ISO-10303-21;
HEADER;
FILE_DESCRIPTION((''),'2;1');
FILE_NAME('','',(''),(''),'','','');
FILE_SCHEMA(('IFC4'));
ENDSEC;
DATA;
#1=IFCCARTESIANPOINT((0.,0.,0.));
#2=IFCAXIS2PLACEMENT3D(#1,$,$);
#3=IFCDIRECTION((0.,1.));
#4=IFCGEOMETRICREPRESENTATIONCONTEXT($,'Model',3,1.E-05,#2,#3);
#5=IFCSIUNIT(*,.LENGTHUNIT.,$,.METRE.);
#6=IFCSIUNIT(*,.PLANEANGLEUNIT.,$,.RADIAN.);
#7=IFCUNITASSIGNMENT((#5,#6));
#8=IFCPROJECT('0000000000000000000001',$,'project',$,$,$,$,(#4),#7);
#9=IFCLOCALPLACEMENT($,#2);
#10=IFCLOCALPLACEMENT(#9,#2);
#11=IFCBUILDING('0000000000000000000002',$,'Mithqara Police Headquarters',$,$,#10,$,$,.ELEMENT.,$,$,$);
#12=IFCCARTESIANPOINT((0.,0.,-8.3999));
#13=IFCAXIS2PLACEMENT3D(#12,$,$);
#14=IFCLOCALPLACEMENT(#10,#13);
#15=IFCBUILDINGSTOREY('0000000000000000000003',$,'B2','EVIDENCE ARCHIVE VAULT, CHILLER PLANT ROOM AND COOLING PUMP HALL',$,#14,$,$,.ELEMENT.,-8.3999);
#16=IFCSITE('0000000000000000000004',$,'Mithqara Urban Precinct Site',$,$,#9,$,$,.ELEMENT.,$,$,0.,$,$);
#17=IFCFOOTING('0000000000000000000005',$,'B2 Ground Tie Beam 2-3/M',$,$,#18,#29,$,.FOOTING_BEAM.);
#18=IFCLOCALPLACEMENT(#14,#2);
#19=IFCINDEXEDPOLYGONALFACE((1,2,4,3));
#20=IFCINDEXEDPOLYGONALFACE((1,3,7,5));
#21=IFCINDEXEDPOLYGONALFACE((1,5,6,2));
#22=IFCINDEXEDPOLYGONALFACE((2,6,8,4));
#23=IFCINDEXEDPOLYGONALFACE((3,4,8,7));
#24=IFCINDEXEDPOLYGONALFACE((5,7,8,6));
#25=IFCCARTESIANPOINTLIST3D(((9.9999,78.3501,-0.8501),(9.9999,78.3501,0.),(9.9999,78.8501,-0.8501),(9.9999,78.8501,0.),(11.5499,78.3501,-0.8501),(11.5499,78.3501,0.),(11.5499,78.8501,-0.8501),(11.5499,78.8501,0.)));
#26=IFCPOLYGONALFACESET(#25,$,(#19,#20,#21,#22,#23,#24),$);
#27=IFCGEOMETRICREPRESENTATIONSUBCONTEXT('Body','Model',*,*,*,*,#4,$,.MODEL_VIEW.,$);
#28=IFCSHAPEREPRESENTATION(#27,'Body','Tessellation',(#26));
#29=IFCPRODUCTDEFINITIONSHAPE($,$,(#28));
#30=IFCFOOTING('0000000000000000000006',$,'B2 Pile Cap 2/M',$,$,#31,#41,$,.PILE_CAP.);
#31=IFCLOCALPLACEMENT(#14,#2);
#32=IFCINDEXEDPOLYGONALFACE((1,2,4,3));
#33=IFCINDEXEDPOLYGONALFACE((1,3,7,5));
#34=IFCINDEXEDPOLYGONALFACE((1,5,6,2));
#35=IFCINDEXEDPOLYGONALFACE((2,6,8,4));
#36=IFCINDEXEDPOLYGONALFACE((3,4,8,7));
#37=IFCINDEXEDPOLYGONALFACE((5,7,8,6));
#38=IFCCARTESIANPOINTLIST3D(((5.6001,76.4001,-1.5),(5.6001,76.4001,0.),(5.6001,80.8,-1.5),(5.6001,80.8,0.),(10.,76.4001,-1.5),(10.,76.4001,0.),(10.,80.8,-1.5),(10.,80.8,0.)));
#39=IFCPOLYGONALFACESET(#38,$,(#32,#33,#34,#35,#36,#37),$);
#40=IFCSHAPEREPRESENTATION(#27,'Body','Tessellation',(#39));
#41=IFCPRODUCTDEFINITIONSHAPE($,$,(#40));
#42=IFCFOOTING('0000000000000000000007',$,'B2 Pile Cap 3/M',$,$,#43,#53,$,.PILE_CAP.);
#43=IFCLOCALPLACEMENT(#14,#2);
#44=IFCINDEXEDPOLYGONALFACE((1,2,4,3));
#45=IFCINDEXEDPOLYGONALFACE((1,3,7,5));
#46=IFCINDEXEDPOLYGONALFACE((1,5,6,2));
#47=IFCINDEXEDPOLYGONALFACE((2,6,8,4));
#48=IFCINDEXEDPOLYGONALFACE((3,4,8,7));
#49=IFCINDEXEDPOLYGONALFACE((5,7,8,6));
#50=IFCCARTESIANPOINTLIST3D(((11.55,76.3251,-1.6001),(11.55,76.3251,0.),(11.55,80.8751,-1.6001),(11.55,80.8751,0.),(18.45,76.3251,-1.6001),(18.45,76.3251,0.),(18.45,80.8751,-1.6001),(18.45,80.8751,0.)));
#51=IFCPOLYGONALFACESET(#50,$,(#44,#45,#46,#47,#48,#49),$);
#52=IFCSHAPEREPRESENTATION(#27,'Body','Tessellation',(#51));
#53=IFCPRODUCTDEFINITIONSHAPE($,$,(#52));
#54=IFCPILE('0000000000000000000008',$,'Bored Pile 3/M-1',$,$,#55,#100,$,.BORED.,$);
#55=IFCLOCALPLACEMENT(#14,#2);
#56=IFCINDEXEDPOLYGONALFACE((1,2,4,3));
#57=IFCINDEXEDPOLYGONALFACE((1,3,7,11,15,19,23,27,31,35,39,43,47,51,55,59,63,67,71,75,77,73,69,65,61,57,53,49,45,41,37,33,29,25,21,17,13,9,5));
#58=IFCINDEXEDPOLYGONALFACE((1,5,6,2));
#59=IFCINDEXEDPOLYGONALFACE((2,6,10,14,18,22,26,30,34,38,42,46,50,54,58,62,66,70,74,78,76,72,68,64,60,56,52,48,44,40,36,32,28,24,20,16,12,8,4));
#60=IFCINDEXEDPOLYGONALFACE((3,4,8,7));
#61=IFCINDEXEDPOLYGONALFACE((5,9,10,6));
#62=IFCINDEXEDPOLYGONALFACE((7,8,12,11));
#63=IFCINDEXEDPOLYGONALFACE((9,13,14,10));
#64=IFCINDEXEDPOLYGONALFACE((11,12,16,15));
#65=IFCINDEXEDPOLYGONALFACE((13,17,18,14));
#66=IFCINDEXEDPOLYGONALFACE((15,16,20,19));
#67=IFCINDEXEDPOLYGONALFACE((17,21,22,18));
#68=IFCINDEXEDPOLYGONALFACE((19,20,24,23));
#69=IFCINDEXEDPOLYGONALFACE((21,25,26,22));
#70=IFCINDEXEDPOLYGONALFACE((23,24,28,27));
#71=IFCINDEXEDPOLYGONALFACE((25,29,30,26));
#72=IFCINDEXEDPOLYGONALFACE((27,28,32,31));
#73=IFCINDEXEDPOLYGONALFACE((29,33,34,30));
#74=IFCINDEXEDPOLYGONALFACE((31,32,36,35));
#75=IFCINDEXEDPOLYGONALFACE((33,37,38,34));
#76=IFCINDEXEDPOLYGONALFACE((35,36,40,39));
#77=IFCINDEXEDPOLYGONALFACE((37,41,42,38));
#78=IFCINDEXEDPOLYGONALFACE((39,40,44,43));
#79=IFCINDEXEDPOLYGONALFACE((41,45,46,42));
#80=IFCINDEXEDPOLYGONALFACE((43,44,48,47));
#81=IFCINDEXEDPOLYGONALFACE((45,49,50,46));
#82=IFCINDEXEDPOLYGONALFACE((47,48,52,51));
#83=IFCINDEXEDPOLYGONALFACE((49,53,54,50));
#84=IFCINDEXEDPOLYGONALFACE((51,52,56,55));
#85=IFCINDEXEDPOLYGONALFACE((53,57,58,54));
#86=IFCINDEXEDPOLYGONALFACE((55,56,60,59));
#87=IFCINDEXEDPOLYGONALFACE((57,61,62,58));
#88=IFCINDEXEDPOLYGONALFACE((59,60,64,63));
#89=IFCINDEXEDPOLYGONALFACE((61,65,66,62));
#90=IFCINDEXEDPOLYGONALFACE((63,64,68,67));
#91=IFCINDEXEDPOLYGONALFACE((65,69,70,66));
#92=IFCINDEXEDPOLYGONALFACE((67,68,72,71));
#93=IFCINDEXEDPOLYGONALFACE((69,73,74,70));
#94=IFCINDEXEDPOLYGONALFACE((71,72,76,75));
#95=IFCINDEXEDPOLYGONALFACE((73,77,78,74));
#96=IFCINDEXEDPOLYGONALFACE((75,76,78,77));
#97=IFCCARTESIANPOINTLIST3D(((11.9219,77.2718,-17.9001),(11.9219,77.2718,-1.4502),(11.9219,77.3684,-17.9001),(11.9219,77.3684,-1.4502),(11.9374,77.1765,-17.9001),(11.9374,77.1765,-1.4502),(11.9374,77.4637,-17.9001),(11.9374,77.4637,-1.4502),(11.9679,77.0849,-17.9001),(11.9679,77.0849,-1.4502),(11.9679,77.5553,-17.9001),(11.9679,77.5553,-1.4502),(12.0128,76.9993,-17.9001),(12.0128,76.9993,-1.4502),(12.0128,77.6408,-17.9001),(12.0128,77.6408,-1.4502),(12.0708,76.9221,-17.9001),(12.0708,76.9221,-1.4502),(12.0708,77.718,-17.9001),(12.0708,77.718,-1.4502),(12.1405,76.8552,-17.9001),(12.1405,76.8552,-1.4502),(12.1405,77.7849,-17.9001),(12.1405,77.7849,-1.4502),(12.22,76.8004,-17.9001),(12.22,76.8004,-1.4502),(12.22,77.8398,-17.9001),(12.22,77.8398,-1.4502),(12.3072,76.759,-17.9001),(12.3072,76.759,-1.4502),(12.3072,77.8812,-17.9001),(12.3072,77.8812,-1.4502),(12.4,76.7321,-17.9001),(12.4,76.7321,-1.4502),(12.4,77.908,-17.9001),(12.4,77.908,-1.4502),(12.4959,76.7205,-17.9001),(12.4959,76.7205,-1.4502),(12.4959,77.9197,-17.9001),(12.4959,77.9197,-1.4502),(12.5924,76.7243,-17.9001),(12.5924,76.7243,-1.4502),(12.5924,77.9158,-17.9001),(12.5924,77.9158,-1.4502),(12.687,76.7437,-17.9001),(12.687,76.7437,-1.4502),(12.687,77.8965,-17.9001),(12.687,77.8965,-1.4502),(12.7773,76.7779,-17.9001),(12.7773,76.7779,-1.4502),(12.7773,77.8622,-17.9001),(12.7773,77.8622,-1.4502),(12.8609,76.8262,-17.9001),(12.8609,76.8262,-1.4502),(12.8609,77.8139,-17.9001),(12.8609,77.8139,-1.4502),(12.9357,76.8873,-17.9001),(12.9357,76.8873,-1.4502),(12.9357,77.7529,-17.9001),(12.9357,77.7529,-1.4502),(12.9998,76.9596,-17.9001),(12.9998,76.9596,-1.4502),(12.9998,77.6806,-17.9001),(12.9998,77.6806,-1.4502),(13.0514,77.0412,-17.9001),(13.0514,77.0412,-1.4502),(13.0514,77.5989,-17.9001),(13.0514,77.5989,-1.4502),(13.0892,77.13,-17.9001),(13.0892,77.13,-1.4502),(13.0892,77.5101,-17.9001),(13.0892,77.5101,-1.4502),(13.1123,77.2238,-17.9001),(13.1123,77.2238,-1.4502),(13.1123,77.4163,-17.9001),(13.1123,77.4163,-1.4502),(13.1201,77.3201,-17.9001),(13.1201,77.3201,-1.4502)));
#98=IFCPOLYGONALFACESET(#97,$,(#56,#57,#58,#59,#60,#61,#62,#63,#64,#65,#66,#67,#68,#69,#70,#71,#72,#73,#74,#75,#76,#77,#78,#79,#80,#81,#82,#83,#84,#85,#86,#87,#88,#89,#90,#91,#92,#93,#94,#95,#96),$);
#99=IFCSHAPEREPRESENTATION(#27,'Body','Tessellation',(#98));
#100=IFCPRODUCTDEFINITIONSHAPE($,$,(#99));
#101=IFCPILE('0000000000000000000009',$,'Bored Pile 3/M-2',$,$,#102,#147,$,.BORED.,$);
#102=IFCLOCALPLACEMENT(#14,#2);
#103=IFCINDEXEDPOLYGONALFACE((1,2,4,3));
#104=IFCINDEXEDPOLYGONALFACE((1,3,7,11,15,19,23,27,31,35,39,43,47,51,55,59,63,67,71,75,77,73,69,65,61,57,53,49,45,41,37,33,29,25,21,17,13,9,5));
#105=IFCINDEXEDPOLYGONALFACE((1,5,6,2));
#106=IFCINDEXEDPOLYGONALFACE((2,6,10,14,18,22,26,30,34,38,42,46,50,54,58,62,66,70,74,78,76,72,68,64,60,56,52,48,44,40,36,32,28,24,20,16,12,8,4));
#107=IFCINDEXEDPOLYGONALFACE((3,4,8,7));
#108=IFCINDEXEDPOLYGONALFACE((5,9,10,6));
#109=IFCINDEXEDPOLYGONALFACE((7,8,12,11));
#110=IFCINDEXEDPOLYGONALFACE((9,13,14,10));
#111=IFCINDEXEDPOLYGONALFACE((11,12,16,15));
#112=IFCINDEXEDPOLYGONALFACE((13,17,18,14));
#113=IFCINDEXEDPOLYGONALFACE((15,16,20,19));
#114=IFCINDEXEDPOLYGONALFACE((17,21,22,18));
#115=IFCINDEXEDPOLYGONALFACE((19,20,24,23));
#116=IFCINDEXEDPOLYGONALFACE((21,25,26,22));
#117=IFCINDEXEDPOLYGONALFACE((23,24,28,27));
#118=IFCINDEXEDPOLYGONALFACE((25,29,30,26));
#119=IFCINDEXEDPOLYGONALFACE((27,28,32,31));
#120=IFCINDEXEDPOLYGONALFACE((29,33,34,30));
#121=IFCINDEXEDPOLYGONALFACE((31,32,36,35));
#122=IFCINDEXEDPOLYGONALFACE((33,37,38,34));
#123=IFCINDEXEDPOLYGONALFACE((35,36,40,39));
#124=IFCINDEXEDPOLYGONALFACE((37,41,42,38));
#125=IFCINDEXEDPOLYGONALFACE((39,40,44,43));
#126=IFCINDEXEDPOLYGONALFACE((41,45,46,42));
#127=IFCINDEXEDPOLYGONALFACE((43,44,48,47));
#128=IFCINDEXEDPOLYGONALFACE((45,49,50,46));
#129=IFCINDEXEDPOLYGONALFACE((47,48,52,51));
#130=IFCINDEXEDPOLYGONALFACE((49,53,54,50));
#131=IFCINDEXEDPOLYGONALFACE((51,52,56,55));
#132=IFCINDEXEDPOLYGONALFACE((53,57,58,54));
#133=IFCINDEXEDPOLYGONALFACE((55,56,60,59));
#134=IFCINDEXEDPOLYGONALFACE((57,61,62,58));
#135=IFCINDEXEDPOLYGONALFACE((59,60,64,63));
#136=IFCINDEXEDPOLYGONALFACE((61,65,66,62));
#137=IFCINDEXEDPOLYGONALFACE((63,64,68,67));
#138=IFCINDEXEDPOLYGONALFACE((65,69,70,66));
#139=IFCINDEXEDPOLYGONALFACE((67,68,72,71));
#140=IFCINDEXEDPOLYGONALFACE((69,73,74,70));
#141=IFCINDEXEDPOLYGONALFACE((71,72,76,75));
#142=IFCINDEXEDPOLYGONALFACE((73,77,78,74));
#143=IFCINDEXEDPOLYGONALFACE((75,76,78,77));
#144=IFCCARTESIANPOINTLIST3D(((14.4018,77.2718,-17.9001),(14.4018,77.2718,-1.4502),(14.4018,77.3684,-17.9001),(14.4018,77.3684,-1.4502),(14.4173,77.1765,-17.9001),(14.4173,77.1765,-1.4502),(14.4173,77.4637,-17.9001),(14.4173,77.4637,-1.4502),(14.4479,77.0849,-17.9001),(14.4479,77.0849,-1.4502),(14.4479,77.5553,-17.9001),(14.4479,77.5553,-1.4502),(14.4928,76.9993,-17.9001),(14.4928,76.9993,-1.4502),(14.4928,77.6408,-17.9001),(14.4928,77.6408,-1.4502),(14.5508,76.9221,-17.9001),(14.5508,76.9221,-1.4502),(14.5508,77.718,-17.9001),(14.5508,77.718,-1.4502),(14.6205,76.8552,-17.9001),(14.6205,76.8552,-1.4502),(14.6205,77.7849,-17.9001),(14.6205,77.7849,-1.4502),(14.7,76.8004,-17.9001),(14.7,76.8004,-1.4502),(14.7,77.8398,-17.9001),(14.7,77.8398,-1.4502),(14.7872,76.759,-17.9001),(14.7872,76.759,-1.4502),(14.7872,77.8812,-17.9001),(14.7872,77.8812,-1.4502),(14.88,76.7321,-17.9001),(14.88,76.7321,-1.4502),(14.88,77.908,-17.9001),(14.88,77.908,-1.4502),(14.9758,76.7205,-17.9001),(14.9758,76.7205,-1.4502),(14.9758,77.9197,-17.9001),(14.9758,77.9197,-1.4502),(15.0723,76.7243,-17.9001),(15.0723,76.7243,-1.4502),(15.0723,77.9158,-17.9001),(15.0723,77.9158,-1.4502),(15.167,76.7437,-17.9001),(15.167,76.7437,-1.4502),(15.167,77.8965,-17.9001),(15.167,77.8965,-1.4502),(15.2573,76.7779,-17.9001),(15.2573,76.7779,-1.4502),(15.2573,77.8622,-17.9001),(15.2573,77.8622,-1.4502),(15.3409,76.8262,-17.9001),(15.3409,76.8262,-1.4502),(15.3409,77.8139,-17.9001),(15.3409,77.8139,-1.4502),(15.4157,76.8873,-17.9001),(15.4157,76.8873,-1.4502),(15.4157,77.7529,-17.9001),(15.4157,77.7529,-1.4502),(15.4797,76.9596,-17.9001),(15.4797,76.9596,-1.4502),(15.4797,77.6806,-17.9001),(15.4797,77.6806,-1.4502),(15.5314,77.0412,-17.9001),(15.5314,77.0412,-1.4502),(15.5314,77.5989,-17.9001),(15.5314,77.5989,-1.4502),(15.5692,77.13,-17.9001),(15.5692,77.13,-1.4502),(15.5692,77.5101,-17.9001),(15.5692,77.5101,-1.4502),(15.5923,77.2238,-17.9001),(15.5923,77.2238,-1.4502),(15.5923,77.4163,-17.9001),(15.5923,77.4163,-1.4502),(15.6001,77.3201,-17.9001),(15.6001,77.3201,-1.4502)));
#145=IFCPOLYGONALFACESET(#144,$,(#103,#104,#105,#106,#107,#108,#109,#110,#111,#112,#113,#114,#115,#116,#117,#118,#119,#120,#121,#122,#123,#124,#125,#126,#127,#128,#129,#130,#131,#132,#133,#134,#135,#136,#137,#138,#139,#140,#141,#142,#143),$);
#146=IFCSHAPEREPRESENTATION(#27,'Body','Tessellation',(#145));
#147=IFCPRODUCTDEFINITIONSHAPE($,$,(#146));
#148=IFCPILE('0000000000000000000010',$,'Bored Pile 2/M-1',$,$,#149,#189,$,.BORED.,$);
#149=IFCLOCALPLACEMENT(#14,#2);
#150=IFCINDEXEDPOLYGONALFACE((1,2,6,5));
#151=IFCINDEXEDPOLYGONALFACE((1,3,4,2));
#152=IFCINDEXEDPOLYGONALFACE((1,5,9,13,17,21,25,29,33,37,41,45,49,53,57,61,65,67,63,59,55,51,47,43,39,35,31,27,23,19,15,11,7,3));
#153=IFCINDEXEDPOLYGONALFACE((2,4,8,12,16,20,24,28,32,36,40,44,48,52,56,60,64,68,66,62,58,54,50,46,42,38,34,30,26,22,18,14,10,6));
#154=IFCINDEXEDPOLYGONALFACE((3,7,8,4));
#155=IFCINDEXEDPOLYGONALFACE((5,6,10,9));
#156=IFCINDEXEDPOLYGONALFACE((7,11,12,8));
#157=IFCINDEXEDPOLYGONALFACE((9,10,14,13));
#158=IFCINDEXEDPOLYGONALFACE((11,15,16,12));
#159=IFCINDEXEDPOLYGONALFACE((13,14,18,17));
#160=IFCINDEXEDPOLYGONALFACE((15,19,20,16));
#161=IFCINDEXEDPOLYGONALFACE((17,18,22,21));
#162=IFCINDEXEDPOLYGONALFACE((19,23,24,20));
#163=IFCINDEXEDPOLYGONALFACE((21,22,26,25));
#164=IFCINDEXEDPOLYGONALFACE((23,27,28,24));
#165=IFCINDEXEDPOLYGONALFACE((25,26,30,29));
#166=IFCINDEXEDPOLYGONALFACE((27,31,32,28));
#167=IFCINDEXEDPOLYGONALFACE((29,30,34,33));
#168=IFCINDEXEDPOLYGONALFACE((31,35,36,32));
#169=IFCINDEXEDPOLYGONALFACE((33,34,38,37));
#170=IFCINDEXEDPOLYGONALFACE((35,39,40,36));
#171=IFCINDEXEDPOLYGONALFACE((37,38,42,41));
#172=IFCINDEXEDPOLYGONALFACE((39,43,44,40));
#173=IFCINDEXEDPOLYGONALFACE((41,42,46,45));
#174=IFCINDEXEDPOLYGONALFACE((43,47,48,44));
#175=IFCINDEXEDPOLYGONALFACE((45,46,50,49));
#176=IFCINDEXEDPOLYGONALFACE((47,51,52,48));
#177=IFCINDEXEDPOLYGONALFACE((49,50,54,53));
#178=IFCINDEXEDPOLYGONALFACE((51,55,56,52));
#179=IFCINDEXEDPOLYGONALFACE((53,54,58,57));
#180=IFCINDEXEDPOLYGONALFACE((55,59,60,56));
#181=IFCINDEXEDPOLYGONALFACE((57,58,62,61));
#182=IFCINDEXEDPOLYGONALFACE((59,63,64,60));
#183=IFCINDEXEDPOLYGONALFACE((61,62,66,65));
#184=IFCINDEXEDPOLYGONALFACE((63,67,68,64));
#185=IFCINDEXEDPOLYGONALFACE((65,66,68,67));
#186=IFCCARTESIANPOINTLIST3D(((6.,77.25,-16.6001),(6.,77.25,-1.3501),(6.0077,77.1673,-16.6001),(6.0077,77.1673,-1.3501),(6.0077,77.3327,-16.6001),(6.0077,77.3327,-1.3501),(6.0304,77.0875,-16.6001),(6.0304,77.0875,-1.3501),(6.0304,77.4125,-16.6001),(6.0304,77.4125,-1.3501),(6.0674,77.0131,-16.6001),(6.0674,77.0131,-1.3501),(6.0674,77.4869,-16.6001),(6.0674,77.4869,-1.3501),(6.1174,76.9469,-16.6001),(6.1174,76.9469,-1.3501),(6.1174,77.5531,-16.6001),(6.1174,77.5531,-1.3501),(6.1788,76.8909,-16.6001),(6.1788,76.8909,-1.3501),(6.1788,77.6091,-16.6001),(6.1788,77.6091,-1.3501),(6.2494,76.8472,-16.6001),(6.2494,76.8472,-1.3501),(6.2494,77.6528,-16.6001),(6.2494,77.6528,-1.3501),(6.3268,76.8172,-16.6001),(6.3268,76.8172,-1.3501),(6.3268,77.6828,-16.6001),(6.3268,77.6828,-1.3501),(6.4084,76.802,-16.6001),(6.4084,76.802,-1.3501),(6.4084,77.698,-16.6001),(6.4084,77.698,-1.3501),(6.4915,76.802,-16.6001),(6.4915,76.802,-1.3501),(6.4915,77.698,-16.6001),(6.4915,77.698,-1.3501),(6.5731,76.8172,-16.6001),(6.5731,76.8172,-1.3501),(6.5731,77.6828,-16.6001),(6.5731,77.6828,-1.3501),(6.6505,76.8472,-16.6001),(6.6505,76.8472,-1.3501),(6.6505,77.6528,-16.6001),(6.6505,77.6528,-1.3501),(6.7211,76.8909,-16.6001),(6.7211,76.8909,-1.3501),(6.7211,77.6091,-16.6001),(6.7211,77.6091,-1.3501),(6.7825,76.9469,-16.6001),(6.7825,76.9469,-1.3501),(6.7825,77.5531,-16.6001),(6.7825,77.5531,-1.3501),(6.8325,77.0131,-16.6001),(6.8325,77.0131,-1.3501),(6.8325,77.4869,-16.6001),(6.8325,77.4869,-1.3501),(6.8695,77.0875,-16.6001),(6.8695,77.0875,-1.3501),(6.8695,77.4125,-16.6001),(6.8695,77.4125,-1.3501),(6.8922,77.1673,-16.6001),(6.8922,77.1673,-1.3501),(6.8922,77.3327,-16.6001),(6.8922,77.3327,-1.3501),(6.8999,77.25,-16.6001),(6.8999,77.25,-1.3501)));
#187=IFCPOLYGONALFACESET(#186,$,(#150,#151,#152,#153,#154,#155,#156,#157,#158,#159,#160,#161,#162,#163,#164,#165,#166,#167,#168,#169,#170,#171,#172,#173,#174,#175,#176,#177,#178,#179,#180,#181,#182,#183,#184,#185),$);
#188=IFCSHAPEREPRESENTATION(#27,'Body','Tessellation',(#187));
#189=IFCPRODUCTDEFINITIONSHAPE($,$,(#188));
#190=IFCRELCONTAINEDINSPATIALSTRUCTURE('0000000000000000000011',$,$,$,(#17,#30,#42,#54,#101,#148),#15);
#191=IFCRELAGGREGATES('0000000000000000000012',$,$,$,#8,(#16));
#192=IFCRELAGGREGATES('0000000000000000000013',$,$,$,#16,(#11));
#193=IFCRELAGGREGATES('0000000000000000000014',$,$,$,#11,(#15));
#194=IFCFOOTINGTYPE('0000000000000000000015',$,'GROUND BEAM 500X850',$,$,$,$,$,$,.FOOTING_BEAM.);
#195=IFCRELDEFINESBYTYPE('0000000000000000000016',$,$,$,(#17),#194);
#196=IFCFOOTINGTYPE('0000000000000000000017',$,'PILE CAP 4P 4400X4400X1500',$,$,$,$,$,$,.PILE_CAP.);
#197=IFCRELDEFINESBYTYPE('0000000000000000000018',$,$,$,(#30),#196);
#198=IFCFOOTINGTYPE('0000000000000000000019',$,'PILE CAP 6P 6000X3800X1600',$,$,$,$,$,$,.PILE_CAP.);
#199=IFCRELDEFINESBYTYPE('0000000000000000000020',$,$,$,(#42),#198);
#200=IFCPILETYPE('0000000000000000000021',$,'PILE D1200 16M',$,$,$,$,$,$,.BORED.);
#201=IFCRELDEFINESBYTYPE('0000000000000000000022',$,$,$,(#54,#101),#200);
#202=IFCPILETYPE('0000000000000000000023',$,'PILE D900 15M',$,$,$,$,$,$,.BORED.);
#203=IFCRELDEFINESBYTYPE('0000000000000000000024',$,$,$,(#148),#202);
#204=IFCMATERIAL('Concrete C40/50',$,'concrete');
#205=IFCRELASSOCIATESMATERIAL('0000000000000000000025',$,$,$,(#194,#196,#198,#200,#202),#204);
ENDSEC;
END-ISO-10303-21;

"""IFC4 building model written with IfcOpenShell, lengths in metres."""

from ifc_helpers import new_model, si_unit, direction, frame, origin, origin_2d, place, context, subcontext, project, spatial, rectangle, circle, extrude, material, material_profile, profile_set, type_object, element, save


model = new_model("IFC4")

# Units and contexts
model_context = context("Model", 3, precision=1e-05, world=origin(), true_north=direction((0.0, 1.0)))
body_context = subcontext(model_context, "Body", "Model", "MODEL_VIEW")
ifc_project = project(units=[si_unit("LENGTHUNIT", "METRE"), si_unit("PLANEANGLEUNIT", "RADIAN")], contexts=[model_context])

# Site, building, storey
site_placement = place(None, origin())
site = spatial("IfcSite", under=ifc_project, at=site_placement, Name="Mithqara Urban Precinct Site", CompositionType="ELEMENT", RefElevation=0.0)
building_placement = place(site_placement, origin())
building = spatial("IfcBuilding", under=site, at=building_placement, Name="Mithqara Police Headquarters", CompositionType="ELEMENT")
storey_placement = place(building_placement, frame((0.0, 0.0, -8.3999)))
storey = spatial("IfcBuildingStorey", under=building, at=storey_placement, Name="B2", Description="EVIDENCE ARCHIVE VAULT, CHILLER PLANT ROOM AND COOLING PUMP HALL", CompositionType="ELEMENT", Elevation=-8.3999)

# Footings
ifc_material_1 = material(Name="Concrete C40/50", Category="concrete")
footing_type_1 = type_object("IfcFootingType", Name="GROUND BEAM 500X850", PredefinedType="FOOTING_BEAM", material=ifc_material_1)
footing_1_placement = place(storey_placement, frame((10.7749, 78.6001, -0.8501), z_axis=(0.0, 0.0, 1.0), x_axis=(1.0, 0.0, 0.0)))
element("IfcFooting", 1, at=footing_1_placement, inside=storey, type_object=footing_type_1, Name="B2 Ground Tie Beam 2-3/M", PredefinedType="FOOTING_BEAM", context=body_context, shape_type="SweptSolid", body=[
    extrude(rectangle(XDim=1.55, YDim=0.5, at=origin_2d()), origin(), (0.0, 0.0, 1.0), 0.8501),
])
footing_type_2 = type_object("IfcFootingType", Name="PILE CAP 4P 4400X4400X1500", PredefinedType="PILE_CAP", material=ifc_material_1)
footing_2_placement = place(storey_placement, frame((7.8, 78.6001, -1.5), z_axis=(0.0, 0.0, 1.0), x_axis=(1.0, 0.0, 0.0)))
element("IfcFooting", 2, at=footing_2_placement, inside=storey, type_object=footing_type_2, Name="B2 Pile Cap 2/M", PredefinedType="PILE_CAP", context=body_context, shape_type="SweptSolid", body=[
    extrude(rectangle(XDim=4.3999, YDim=4.3999, at=origin_2d()), origin(), (0.0, 0.0, 1.0), 1.5),
])
footing_type_3 = type_object("IfcFootingType", Name="PILE CAP 6P 6000X3800X1600", PredefinedType="PILE_CAP", material=ifc_material_1)
footing_3_placement = place(storey_placement, frame((15.0, 78.6001, -1.6001), z_axis=(0.0, 0.0, 1.0), x_axis=(1.0, 0.0, 0.0)))
element("IfcFooting", 3, at=footing_3_placement, inside=storey, type_object=footing_type_3, Name="B2 Pile Cap 3/M", PredefinedType="PILE_CAP", context=body_context, shape_type="SweptSolid", body=[
    extrude(rectangle(XDim=6.8999, YDim=4.55, at=origin_2d()), origin(), (0.0, 0.0, 1.0), 1.6001),
])

# Piles
ifc_material_profile_1 = material_profile(ifc_material_1, circle(Radius=0.6001, at=origin_2d()), Name="PILE D1200")
ifc_profile_set_1 = profile_set([ifc_material_profile_1], Name="Concrete C40/50")
pile_type_1 = type_object("IfcPileType", Name="PILE D1200 16M", PredefinedType="BORED", material=ifc_profile_set_1)
for number, where, z_axis, x_axis, name in (
    (4, (12.52, 77.3201, -1.4502), (0.0, 0.0, -1.0), (1.0, 0.0, 0.0), "Bored Pile 3/M-1"),
    (5, (15.0, 77.3201, -1.4502), (0.0, 0.0, -1.0), (1.0, 0.0, 0.0), "Bored Pile 3/M-2"),
):
    element("IfcPile", number, at=place(storey_placement, frame(where, z_axis=z_axis, x_axis=x_axis)), inside=storey, type_object=pile_type_1, Name=name, PredefinedType="BORED", context=body_context, shape_type="SweptSolid", body=[
        extrude(circle(Radius=0.6001, at=origin_2d()), origin(), (0.0, 0.0, 1.0), 16.45),
    ])
ifc_material_profile_2 = material_profile(ifc_material_1, circle(Radius=0.45, at=origin_2d()), Name="PILE D900")
ifc_profile_set_2 = profile_set([ifc_material_profile_2], Name="Concrete C40/50")
pile_type_2 = type_object("IfcPileType", Name="PILE D900 15M", PredefinedType="BORED", material=ifc_profile_set_2)
for number, where, z_axis, x_axis, name in (
    (6, (6.45, 77.25, -1.3501), (0.0, 0.0, -1.0), (1.0, 0.0, 0.0), "Bored Pile 2/M-1"),
):
    element("IfcPile", number, at=place(storey_placement, frame(where, z_axis=z_axis, x_axis=x_axis)), inside=storey, type_object=pile_type_2, Name=name, PredefinedType="BORED", context=body_context, shape_type="SweptSolid", body=[
        extrude(circle(Radius=0.45, at=origin_2d()), origin(), (0.0, 0.0, 1.0), 15.25),
    ])

save(model, "model.ifc")
